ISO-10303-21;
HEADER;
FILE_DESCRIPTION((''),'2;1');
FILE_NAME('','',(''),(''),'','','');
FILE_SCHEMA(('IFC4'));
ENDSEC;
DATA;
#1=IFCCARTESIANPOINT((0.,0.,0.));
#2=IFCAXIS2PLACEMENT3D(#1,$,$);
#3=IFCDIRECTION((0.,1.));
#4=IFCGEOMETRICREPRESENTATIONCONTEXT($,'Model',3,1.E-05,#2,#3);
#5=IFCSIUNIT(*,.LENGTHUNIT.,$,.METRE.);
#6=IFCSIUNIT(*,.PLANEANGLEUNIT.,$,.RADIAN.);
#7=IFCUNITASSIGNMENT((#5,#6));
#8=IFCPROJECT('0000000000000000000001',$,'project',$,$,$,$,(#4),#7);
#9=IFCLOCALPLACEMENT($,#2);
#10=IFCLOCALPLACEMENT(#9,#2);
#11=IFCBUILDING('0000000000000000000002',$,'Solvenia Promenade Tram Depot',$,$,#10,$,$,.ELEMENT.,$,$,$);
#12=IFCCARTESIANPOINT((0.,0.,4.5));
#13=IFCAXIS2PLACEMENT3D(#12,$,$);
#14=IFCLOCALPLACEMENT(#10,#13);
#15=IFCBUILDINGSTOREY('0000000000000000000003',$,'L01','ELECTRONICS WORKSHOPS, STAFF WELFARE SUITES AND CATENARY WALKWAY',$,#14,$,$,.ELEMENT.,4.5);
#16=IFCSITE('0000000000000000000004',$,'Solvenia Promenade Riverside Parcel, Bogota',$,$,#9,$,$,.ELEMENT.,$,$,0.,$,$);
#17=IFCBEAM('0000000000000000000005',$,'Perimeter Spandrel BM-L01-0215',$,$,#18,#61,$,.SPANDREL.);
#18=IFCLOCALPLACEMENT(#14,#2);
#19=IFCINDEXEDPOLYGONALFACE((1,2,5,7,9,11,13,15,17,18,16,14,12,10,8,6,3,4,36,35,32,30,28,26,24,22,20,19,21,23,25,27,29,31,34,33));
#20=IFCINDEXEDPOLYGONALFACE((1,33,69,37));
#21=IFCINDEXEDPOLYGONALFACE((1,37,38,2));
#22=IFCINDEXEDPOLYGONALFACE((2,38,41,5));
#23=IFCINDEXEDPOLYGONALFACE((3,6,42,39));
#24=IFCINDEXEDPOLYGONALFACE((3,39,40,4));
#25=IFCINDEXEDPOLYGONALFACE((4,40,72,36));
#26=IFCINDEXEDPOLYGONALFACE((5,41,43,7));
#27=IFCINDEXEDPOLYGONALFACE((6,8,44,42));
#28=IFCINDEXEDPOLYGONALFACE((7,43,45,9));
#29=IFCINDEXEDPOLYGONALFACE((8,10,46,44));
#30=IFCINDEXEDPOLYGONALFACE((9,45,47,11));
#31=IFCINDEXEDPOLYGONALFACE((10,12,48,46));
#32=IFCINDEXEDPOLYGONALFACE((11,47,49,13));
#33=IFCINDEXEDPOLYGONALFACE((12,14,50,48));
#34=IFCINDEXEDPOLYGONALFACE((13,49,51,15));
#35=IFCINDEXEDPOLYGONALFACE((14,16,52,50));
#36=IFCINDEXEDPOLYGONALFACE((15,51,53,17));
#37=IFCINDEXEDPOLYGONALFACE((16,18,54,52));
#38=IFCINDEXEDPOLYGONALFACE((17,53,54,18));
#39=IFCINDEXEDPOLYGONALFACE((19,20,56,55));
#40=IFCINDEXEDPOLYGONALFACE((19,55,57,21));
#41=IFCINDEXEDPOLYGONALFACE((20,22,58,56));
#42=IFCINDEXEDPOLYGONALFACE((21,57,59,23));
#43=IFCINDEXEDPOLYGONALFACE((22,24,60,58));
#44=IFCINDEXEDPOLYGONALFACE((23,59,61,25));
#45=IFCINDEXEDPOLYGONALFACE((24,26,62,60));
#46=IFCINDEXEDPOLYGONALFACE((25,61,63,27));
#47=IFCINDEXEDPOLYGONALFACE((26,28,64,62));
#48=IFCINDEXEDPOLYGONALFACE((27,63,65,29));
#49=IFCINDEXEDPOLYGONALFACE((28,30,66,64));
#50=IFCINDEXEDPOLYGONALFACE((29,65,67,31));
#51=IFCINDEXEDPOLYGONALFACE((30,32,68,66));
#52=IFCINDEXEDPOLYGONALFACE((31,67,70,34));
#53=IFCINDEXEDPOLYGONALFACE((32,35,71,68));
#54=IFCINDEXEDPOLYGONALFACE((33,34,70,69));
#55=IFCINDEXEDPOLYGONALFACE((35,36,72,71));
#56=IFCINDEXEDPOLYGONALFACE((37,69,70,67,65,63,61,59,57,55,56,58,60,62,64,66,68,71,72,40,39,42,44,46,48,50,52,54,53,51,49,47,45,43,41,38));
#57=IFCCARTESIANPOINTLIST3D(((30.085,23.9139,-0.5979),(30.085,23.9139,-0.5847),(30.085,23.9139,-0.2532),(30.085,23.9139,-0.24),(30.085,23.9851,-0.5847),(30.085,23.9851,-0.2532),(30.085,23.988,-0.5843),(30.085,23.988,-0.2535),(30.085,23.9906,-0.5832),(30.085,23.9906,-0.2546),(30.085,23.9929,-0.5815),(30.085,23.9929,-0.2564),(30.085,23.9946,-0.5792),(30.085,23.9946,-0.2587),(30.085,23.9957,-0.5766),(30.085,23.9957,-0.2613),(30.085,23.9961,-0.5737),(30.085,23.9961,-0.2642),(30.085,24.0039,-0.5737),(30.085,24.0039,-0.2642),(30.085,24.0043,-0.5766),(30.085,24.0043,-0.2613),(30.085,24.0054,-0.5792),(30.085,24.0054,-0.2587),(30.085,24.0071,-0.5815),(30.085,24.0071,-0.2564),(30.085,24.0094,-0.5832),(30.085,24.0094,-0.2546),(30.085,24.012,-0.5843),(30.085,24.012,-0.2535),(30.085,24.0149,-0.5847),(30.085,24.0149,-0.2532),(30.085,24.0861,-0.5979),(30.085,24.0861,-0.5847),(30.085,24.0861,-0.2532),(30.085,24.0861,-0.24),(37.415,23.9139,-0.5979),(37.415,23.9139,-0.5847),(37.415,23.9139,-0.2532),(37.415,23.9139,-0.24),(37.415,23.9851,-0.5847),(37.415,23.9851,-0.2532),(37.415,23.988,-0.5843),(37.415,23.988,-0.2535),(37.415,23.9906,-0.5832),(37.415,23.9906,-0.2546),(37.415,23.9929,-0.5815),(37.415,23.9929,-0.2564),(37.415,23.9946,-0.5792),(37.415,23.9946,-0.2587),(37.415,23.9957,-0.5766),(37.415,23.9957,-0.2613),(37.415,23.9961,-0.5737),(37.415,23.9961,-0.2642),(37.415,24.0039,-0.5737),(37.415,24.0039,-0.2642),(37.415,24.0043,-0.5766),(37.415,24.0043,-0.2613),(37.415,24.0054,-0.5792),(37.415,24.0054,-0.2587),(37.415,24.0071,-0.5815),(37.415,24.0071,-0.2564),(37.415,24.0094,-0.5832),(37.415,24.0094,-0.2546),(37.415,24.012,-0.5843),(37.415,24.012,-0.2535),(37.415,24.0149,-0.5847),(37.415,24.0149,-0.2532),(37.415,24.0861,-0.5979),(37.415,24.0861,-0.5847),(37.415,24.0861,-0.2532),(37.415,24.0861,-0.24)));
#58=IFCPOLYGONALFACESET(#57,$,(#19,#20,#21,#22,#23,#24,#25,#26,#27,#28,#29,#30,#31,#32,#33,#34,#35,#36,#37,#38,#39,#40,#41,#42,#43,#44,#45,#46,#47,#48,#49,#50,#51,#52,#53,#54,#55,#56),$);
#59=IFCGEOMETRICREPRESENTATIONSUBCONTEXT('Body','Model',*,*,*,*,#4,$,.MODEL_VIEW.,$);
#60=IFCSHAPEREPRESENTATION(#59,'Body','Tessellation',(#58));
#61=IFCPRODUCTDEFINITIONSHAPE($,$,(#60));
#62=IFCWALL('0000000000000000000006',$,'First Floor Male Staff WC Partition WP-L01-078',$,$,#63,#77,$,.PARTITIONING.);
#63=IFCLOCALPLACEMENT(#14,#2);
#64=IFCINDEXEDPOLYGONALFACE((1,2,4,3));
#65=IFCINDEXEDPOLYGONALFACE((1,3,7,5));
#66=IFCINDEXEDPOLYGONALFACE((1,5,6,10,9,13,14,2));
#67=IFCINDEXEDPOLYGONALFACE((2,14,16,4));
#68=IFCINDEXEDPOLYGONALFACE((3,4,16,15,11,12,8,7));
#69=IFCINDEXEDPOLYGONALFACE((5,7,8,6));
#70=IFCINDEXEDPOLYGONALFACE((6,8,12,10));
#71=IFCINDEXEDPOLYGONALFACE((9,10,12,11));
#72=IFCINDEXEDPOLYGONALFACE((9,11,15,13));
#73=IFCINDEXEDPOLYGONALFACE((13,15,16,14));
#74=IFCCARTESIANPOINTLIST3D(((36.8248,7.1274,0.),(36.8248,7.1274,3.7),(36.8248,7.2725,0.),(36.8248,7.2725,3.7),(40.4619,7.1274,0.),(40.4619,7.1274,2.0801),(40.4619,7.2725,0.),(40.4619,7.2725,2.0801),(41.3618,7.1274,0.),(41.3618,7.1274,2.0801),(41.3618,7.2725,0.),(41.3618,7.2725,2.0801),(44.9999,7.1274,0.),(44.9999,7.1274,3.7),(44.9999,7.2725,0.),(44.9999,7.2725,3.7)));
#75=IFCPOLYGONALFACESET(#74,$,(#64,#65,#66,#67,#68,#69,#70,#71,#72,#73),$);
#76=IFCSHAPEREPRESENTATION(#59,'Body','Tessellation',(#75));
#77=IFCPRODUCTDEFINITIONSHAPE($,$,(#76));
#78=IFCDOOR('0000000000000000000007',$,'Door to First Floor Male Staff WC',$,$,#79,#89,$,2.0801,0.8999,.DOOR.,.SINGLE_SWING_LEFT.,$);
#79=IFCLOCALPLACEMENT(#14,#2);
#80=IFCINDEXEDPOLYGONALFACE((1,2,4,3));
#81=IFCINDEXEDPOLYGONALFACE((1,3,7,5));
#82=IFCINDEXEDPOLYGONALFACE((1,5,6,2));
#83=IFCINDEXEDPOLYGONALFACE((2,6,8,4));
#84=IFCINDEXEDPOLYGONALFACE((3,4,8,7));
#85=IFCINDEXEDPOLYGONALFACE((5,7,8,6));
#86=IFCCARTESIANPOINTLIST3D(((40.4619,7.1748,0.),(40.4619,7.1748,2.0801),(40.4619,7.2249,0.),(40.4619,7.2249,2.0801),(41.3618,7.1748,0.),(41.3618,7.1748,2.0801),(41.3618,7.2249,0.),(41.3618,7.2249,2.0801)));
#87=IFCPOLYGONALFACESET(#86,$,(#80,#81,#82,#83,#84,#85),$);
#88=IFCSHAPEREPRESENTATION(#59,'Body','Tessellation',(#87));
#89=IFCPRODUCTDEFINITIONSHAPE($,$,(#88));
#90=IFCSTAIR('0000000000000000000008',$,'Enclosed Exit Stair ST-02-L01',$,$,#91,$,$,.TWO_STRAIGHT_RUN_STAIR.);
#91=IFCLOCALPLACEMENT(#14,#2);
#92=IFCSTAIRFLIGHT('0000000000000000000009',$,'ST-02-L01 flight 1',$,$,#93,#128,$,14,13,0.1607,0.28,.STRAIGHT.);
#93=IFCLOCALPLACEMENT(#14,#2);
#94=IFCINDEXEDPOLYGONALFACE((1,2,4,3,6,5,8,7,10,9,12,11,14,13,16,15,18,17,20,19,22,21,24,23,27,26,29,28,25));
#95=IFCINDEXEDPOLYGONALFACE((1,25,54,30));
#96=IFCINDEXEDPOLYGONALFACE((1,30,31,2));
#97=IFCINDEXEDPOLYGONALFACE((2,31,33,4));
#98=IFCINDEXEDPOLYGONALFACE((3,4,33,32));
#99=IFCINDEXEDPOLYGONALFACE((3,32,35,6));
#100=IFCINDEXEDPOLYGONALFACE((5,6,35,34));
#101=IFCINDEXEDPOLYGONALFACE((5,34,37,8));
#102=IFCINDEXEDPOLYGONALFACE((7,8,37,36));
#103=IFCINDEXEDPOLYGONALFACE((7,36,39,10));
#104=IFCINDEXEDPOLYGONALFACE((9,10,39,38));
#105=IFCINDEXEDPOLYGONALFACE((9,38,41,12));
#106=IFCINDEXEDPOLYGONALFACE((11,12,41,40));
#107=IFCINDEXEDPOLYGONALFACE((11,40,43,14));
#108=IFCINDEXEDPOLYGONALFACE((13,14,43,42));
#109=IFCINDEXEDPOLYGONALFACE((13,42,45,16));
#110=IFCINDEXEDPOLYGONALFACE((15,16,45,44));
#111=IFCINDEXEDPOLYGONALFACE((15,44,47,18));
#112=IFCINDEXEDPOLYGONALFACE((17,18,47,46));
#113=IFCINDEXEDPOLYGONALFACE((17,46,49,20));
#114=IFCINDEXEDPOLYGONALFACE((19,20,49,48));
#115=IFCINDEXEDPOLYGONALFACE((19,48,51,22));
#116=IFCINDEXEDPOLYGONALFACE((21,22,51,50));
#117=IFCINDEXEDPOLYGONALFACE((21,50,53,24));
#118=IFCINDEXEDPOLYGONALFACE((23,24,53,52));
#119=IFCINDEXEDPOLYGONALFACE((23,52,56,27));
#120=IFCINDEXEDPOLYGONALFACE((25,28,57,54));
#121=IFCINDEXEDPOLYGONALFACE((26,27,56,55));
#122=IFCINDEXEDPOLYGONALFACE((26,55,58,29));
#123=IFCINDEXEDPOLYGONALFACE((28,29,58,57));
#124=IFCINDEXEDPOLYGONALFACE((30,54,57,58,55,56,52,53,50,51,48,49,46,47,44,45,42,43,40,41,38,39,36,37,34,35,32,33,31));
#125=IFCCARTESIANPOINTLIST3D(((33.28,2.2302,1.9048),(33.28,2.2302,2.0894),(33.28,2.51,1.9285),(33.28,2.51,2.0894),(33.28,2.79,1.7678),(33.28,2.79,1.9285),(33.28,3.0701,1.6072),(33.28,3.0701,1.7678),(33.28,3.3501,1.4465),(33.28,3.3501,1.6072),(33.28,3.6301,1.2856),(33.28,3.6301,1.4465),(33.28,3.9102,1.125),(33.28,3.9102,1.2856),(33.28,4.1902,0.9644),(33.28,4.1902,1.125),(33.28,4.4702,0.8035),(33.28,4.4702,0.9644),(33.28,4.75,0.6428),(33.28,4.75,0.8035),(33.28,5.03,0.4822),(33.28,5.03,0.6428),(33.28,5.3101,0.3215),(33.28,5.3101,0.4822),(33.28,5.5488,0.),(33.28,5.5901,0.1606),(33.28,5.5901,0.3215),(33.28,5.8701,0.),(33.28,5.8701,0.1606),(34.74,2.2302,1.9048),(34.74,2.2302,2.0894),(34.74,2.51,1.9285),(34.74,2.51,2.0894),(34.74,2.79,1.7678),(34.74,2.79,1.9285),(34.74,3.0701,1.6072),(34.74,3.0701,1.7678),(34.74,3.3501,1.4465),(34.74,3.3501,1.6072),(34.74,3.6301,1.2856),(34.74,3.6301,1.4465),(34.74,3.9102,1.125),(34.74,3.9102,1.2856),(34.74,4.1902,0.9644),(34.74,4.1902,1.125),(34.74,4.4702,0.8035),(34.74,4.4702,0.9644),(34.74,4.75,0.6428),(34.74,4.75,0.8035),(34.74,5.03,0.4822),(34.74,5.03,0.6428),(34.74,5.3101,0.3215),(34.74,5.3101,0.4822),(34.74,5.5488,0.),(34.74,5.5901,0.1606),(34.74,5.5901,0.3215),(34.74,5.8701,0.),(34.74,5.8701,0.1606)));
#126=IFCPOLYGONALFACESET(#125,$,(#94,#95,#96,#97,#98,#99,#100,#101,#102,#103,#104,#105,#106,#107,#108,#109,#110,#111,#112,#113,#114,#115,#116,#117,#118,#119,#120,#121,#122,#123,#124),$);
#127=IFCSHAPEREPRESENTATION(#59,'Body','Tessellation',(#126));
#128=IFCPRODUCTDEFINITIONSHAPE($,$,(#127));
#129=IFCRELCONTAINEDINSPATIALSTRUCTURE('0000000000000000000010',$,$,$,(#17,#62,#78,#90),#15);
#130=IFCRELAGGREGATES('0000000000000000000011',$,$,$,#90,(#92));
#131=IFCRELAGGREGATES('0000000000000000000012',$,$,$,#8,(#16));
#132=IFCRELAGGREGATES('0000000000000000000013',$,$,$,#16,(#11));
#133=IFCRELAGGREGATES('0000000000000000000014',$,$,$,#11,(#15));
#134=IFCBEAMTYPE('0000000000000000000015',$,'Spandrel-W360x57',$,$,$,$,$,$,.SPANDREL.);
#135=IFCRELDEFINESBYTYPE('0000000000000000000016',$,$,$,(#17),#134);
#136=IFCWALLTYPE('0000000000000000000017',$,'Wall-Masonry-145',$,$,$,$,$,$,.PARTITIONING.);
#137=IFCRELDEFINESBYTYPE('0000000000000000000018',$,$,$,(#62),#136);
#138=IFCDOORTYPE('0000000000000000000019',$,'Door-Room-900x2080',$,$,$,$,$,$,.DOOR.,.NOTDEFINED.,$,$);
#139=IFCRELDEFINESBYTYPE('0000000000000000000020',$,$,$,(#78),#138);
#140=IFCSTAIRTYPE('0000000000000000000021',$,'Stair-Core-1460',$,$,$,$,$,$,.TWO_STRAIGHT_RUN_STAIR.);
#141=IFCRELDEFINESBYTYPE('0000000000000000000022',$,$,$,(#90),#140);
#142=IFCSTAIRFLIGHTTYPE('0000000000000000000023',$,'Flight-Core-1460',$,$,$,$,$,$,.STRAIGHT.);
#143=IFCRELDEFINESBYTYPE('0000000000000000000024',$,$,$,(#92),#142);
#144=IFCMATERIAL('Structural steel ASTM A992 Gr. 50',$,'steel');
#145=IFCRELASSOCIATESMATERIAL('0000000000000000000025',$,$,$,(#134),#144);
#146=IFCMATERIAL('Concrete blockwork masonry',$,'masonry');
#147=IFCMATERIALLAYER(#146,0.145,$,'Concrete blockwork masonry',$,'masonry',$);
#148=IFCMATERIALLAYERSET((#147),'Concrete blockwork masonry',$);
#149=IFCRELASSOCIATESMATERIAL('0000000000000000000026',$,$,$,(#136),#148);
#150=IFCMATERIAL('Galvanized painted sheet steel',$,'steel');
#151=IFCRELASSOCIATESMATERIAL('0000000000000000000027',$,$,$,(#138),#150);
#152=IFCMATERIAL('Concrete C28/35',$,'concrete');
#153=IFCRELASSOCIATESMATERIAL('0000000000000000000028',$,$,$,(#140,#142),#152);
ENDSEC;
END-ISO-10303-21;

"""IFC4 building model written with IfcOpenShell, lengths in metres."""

from ifc_helpers import new_model, si_unit, direction, frame, frame_2d, origin, origin_2d, place, context, subcontext, project, spatial, polyline, rectangle, i_section, outline, extrude, material, layer, layer_set, material_profile, profile_set, type_object, element, fill, aggregate, save


model = new_model("IFC4")

# Units and contexts
model_context = context("Model", 3, precision=1e-05, world=origin(), true_north=direction((0.0, 1.0)))
body_context = subcontext(model_context, "Body", "Model", "MODEL_VIEW")
ifc_project = project(units=[si_unit("LENGTHUNIT", "METRE"), si_unit("PLANEANGLEUNIT", "RADIAN")], contexts=[model_context])

# Site, building, storey
site_placement = place(None, origin())
site = spatial("IfcSite", under=ifc_project, at=site_placement, Name="Solvenia Promenade Riverside Parcel, Bogota", CompositionType="ELEMENT", RefElevation=0.0)
building_placement = place(site_placement, origin())
building = spatial("IfcBuilding", under=site, at=building_placement, Name="Solvenia Promenade Tram Depot", CompositionType="ELEMENT")
storey_placement = place(building_placement, frame((0.0, 0.0, 4.5)))
storey = spatial("IfcBuildingStorey", under=building, at=storey_placement, Name="L01", Description="ELECTRONICS WORKSHOPS, STAFF WELFARE SUITES AND CATENARY WALKWAY", CompositionType="ELEMENT", Elevation=4.5)

# Shared definitions
ifc_material_1 = material(Name="Structural steel ASTM A992 Gr. 50", Category="steel")

# Beam
ifc_material_profile_1 = material_profile(ifc_material_1, i_section(OverallWidth=0.1721, OverallDepth=0.3579, WebThickness=0.0078, FlangeThickness=0.0132, FilletRadius=0.011, at=origin_2d()), Name="W360x57", Category="steel")
ifc_profile_set_1 = profile_set([ifc_material_profile_1], Name="Structural steel ASTM A992 Gr. 50")
beam_type_1 = type_object("IfcBeamType", Name="Spandrel-W360x57", PredefinedType="SPANDREL", material=ifc_profile_set_1)
for number, where, z_axis, x_axis, name in (
    (1, (30.085, 24.0, -0.4189), (1.0, 0.0, 0.0), (0.0, 1.0, 0.0), "Perimeter Spandrel BM-L01-0215"),
):
    element("IfcBeam", number, at=place(storey_placement, frame(where, z_axis=z_axis, x_axis=x_axis)), inside=storey, type_object=beam_type_1, Name=name, PredefinedType="SPANDREL", context=body_context, shape_type="SweptSolid", body=[
        extrude(i_section(OverallWidth=0.1721, OverallDepth=0.3579, WebThickness=0.0078, FlangeThickness=0.0132, FilletRadius=0.011, at=origin_2d()), origin(), (0.0, 0.0, 1.0), 7.3301),
    ])

# Shared definitions
ifc_material_2 = material(Name="Concrete C28/35", Category="concrete")
ifc_material_3 = material(Name="Galvanized painted sheet steel", Category="steel")

# Wall, opening, door
ifc_material_4 = material(Name="Concrete blockwork masonry", Category="masonry")
ifc_layer_1 = layer(ifc_material_4, 0.145, Name="Concrete blockwork masonry", Category="masonry")
ifc_layer_set_1 = layer_set([ifc_layer_1], Name="Concrete blockwork masonry")
wall_type_1 = type_object("IfcWallType", Name="Wall-Masonry-145", PredefinedType="PARTITIONING", material=ifc_layer_set_1)
wall_1_placement = place(storey_placement, frame((36.825, 7.2, 0.0), z_axis=(0.0, 0.0, 1.0), x_axis=(1.0, 0.0, 0.0)))
wall_1 = element("IfcWall", 2, at=wall_1_placement, inside=storey, type_object=wall_type_1, Name="First Floor Male Staff WC Partition WP-L01-078", PredefinedType="PARTITIONING", context=body_context, shape_type="SweptSolid", body=[
    extrude(rectangle(XDim=8.175, YDim=0.145, at=frame_2d((4.0874, 0.0))), origin(), (0.0, 0.0, 1.0), 3.7),
])
opening_1_placement = place(wall_1_placement, frame((3.637, 0.0, 0.0)))
opening_1 = element("IfcOpeningElement", 3, at=opening_1_placement, cuts=wall_1, PredefinedType="OPENING", context=body_context, shape_type="SweptSolid", body=[
    extrude(rectangle(XDim=0.8999, YDim=2.0801, at=frame_2d((0.45, 1.04))), frame((0.0, 0.0825, 0.0), z_axis=(0.0, -1.0, 0.0), x_axis=(1.0, 0.0, 0.0)), (0.0, 0.0, 1.0), 0.165),
])
door_type_1 = type_object("IfcDoorType", Name="Door-Room-900x2080", OperationType="NOTDEFINED", PredefinedType="DOOR", material=ifc_material_3)
door_1_placement = place(opening_1_placement, origin())
door_1 = element("IfcDoor", 4, at=door_1_placement, inside=storey, type_object=door_type_1, Name="Door to First Floor Male Staff WC", OperationType="SINGLE_SWING_LEFT", OverallHeight=2.0801, OverallWidth=0.8999, PredefinedType="DOOR", context=body_context, shape_type="SweptSolid", body=[
    extrude(rectangle(XDim=0.8999, YDim=2.0801, at=frame_2d((0.45, 1.04))), frame((0.0, 0.0249, 0.0), z_axis=(0.0, -1.0, 0.0), x_axis=(1.0, 0.0, 0.0)), (0.0, 0.0, 1.0), 0.05),
])
fill(opening_1, door_1)

# Stair, stair flight
stair_type = type_object("IfcStairType", Name="Stair-Core-1460", PredefinedType="TWO_STRAIGHT_RUN_STAIR", material=ifc_material_2)
stair_placement = place(storey_placement, origin())
stair = element("IfcStair", 5, at=stair_placement, inside=storey, type_object=stair_type, Name="Enclosed Exit Stair ST-02-L01", PredefinedType="TWO_STRAIGHT_RUN_STAIR")
stair_flight_type = type_object("IfcStairFlightType", Name="Flight-Core-1460", PredefinedType="STRAIGHT", material=ifc_material_2)
stair_flight_placement = place(storey_placement, frame((34.01, 5.8701, 0.0), z_axis=(0.0, 0.0, 1.0), x_axis=(0.0, -1.0, 0.0)))
stair_flight = element("IfcStairFlight", 6, at=stair_flight_placement, type_object=stair_flight_type, Name="ST-02-L01 flight 1", NumberOfRisers=14, NumberOfTreads=13, PredefinedType="STRAIGHT", RiserHeight=0.1607, TreadLength=0.28, context=body_context, shape_type="SweptSolid", body=[
    extrude(outline(polyline([(0.0, 0.0), (0.0, 0.1606), (0.28, 0.1606), (0.28, 0.3215), (0.5601, 0.3215), (0.5601, 0.4822), (0.8401, 0.4822), (0.8401, 0.6428), (1.1201, 0.6428), (1.1201, 0.8035), (1.3999, 0.8035), (1.3999, 0.9644), (1.6799, 0.9644), (1.6799, 1.125), (1.96, 1.125), (1.96, 1.2856), (2.24, 1.2856), (2.24, 1.4465), (2.52, 1.4465), (2.52, 1.6072), (2.8, 1.6072), (2.8, 1.7678), (3.0801, 1.7678), (3.0801, 1.9285), (3.3601, 1.9285), (3.3601, 2.0894), (3.6399, 2.0894), (3.6399, 2.25), (3.6399, 1.9048), (0.3213, 0.0), (0.0, 0.0)])), frame((0.0, 0.73, 0.0), z_axis=(0.0, -1.0, 0.0), x_axis=(1.0, 0.0, 0.0)), (0.0, 0.0, 1.0), 1.46),
])
aggregate(stair, [stair_flight])

save(model, "model.ifc")
